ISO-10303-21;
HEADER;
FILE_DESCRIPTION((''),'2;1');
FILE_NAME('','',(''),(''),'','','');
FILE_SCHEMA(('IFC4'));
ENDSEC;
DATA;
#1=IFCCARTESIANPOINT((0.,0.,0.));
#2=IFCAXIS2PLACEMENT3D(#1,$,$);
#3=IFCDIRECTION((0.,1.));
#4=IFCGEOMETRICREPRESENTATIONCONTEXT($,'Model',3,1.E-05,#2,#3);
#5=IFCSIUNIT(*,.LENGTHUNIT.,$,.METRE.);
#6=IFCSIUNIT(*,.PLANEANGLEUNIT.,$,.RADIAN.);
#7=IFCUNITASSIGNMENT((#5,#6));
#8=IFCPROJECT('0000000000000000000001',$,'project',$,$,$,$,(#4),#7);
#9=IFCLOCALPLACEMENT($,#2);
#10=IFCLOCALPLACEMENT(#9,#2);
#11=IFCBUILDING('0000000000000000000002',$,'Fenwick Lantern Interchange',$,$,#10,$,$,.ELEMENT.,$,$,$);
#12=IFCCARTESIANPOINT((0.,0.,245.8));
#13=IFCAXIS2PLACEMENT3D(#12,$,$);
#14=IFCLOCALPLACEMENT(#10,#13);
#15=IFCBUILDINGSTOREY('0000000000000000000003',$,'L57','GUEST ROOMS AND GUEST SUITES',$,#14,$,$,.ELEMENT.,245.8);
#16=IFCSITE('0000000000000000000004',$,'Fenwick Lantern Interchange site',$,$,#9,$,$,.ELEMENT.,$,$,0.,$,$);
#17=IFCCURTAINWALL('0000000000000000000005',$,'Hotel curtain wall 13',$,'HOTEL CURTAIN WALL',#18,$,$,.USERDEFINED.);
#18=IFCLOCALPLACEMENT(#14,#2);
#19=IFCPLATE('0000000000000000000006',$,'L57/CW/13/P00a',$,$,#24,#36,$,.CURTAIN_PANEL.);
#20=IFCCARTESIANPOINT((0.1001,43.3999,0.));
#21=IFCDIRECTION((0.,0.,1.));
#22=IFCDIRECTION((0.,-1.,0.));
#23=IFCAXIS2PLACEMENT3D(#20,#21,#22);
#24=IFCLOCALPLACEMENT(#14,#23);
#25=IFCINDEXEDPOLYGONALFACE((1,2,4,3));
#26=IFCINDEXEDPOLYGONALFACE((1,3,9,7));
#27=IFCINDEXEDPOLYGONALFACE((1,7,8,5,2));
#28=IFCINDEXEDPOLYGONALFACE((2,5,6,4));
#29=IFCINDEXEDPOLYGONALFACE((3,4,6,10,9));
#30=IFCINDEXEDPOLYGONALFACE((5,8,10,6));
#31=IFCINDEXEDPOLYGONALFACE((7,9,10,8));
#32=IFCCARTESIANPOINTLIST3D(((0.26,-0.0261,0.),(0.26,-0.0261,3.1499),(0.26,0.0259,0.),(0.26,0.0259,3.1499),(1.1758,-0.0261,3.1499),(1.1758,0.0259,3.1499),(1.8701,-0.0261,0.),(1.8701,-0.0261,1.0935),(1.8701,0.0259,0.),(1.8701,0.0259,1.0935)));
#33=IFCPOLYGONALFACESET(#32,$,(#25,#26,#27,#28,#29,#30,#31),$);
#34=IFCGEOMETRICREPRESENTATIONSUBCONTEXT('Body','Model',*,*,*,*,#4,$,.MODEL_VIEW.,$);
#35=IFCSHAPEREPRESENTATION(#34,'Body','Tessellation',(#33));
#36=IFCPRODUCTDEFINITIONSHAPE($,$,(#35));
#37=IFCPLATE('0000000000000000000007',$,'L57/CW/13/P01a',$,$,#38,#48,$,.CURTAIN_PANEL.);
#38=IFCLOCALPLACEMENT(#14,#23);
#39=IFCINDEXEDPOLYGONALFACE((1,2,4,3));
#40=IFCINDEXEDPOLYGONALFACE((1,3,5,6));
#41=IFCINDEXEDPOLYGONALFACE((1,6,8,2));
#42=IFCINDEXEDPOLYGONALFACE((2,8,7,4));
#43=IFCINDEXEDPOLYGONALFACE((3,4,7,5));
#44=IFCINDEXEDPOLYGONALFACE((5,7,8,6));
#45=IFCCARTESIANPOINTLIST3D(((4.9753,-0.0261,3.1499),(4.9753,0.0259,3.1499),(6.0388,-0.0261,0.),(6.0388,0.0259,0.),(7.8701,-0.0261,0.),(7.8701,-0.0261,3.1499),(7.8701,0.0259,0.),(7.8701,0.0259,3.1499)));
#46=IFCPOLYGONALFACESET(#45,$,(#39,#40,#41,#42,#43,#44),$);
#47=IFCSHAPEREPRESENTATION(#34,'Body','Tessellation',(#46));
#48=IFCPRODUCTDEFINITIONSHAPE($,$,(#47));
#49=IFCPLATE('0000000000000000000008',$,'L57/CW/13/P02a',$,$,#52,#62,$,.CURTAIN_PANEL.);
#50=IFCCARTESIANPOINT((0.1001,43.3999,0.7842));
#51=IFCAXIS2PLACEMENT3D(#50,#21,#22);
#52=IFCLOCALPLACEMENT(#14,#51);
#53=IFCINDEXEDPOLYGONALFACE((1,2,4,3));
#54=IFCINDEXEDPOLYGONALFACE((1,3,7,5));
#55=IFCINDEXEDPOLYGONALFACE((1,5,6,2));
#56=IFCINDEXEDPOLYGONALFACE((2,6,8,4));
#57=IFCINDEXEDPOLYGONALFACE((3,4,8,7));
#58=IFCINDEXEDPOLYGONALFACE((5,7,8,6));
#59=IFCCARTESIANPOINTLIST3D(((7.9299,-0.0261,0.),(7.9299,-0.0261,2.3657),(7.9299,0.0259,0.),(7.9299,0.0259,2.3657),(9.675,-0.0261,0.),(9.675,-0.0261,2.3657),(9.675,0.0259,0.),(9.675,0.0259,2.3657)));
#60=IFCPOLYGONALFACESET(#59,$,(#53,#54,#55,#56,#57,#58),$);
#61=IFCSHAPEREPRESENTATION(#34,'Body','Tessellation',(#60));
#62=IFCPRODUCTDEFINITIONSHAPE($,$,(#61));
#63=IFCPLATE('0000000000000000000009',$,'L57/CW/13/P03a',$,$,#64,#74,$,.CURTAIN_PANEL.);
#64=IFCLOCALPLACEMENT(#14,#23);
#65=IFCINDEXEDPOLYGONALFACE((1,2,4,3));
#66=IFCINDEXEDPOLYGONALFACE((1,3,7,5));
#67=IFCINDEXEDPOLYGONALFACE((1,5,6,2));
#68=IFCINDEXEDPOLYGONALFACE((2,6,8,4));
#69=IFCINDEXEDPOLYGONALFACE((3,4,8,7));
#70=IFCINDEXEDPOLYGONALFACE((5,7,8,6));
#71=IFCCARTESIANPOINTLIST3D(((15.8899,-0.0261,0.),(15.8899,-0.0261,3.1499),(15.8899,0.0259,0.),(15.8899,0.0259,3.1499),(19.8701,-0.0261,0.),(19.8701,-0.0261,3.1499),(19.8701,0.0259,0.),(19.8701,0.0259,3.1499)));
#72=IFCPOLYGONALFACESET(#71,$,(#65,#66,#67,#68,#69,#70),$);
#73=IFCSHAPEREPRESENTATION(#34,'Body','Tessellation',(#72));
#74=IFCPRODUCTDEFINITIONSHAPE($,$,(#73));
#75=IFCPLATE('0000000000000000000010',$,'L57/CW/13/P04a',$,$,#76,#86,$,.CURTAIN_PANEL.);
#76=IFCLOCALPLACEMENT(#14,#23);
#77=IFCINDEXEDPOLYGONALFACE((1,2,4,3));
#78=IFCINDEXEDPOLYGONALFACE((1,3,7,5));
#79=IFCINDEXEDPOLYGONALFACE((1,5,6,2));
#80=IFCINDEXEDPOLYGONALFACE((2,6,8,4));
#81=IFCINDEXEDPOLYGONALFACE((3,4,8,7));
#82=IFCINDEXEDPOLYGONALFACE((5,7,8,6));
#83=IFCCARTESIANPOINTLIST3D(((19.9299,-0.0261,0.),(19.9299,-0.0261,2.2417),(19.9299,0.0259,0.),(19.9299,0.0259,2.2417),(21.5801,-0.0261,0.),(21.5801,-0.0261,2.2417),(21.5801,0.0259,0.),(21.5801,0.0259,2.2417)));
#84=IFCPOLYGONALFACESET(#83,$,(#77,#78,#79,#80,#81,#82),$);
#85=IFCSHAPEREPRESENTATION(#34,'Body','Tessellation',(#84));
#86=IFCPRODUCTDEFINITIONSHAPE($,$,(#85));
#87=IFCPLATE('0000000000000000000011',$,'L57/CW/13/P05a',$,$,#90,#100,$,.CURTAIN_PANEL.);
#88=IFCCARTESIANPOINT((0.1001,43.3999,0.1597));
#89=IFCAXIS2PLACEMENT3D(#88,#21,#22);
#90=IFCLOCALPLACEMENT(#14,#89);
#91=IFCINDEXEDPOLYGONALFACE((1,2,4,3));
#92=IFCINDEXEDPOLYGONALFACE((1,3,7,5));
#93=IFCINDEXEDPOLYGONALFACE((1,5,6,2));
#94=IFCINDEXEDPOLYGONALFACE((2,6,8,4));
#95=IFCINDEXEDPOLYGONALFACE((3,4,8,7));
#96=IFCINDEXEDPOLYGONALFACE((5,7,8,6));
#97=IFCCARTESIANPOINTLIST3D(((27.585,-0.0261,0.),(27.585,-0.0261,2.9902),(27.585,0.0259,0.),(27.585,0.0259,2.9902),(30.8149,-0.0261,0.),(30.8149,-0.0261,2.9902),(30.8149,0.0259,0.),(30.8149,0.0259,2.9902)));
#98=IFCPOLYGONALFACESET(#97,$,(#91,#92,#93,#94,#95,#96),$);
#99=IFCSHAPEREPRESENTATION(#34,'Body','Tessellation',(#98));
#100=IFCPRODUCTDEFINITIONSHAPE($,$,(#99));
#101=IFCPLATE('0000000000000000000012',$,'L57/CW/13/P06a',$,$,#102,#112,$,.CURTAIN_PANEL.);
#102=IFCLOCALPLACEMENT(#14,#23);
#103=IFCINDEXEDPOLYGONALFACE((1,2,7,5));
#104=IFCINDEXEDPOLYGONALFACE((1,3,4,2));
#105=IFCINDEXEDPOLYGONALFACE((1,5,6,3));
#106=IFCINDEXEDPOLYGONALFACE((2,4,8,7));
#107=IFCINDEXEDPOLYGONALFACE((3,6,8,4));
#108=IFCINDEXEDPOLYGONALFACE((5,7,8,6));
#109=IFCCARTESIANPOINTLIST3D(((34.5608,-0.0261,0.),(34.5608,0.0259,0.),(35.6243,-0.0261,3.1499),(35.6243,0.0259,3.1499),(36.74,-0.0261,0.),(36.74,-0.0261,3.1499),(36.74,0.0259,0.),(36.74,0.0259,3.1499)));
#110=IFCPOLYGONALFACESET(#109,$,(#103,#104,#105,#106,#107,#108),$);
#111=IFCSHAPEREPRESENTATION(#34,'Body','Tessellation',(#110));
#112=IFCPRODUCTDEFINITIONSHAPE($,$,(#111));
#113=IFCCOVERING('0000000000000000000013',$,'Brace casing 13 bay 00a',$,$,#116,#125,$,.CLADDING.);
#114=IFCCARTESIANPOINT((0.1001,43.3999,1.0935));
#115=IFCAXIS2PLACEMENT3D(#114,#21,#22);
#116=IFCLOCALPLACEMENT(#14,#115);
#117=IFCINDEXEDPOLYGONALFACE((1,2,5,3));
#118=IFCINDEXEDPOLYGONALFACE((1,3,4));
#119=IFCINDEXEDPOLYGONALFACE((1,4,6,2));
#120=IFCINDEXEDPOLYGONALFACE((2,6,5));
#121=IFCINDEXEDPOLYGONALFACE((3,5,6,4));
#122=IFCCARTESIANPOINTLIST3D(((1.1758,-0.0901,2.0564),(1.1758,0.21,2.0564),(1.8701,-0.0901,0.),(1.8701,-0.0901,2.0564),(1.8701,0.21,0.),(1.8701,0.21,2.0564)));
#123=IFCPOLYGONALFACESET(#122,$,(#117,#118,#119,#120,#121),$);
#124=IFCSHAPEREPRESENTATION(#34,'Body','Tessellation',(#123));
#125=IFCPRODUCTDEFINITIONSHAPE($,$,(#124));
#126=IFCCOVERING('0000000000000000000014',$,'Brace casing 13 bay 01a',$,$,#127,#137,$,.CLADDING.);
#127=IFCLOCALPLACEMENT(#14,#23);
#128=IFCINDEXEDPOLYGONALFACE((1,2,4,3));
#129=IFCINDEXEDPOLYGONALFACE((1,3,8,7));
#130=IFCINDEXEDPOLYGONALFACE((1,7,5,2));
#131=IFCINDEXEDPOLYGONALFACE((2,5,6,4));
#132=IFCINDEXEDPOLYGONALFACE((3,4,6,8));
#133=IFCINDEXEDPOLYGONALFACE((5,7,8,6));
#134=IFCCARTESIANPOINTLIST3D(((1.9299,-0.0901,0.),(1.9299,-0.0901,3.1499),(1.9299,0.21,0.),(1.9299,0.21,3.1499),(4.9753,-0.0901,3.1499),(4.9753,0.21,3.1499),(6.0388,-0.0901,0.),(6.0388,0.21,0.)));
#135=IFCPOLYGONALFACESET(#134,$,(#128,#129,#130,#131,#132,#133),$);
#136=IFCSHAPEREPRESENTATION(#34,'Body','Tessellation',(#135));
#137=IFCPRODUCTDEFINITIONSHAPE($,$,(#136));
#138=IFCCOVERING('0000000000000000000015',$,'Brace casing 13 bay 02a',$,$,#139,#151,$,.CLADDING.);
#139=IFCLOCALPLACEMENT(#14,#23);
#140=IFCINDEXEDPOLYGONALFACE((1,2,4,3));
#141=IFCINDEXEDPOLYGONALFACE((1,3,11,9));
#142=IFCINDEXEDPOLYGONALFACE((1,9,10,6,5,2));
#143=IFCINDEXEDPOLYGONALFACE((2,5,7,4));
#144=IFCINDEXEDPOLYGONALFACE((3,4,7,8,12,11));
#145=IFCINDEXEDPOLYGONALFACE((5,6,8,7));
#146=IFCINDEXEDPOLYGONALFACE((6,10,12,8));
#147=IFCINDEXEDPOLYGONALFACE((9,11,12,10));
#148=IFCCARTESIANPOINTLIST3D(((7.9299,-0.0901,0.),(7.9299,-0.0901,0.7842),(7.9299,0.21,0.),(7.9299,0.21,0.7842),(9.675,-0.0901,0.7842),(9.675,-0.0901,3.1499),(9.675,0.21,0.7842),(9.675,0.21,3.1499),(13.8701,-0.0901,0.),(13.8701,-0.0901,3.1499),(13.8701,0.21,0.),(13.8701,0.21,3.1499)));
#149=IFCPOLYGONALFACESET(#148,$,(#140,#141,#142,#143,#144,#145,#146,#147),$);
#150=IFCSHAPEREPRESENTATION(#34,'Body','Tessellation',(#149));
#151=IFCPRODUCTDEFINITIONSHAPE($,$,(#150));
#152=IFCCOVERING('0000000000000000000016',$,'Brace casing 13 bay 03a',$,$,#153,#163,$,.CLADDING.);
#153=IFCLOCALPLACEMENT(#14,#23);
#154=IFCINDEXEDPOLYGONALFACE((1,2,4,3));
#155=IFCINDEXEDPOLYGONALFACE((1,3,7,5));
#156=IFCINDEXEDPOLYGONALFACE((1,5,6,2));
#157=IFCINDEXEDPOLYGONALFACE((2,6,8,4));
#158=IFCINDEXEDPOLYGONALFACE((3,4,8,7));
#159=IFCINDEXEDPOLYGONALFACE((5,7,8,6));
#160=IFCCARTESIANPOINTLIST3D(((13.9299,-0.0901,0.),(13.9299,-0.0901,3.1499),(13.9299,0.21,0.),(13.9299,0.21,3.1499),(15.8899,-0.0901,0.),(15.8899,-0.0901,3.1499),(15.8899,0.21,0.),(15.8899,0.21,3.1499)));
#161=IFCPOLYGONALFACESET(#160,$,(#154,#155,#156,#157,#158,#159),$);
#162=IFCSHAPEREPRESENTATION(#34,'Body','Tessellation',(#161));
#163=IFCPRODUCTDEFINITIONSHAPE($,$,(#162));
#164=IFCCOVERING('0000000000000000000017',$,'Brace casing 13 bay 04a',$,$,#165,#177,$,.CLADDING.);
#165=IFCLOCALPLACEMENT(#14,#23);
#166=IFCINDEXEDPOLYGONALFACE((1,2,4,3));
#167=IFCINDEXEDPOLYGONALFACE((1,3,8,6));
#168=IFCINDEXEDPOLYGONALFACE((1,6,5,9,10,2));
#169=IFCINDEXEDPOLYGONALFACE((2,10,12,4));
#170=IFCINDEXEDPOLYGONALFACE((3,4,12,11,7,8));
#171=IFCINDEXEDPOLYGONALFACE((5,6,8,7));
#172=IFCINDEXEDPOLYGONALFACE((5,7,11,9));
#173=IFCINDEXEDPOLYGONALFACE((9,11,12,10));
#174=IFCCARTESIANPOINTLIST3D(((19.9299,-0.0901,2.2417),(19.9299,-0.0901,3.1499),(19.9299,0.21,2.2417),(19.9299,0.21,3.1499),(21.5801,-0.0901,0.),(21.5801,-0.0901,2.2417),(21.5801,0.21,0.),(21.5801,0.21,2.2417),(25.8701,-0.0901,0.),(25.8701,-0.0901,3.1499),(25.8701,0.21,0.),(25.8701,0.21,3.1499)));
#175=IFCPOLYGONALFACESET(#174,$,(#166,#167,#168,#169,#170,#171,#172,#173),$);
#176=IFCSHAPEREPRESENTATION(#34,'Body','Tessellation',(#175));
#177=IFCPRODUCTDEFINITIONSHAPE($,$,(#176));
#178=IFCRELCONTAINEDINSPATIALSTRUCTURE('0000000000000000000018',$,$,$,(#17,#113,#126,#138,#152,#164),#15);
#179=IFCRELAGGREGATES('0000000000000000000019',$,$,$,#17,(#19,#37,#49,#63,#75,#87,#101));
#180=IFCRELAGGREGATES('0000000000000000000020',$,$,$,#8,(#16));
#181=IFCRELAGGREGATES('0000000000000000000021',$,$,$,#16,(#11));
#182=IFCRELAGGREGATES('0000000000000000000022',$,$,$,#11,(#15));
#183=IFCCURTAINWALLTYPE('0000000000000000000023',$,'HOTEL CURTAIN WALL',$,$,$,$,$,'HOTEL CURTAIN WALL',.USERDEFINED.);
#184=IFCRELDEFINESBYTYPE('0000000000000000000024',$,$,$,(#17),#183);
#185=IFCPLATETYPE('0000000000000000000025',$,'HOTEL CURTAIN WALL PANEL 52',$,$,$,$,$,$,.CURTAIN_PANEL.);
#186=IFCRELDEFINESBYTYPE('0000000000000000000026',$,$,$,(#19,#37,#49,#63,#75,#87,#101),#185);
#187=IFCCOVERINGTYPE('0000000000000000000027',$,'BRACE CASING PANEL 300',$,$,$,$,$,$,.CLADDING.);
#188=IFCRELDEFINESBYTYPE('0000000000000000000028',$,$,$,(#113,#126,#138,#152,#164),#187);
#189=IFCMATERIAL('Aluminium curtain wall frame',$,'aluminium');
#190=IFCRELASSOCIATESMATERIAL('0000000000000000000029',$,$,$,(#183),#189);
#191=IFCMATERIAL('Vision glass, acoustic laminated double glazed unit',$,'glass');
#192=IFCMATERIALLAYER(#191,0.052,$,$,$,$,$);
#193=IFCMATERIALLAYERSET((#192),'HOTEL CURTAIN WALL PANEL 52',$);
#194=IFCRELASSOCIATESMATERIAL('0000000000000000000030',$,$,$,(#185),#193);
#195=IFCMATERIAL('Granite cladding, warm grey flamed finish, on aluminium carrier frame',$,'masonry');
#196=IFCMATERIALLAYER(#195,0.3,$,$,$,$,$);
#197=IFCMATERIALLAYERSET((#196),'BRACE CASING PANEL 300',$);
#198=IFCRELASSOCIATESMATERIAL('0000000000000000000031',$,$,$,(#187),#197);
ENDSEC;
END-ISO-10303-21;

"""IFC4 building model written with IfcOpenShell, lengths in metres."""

from ifc_helpers import new_model, si_unit, direction, frame, origin, place, context, subcontext, project, spatial, polyline, outline, extrude, material, layer, layer_set, type_object, element, aggregate, save


model = new_model("IFC4")

# Units and contexts
model_context = context("Model", 3, precision=1e-05, world=origin(), true_north=direction((0.0, 1.0)))
body_context = subcontext(model_context, "Body", "Model", "MODEL_VIEW")
ifc_project = project(units=[si_unit("LENGTHUNIT", "METRE"), si_unit("PLANEANGLEUNIT", "RADIAN")], contexts=[model_context])

# Site, building, storey
site_placement = place(None, origin())
site = spatial("IfcSite", under=ifc_project, at=site_placement, Name="Fenwick Lantern Interchange site", CompositionType="ELEMENT", RefElevation=0.0)
building_placement = place(site_placement, origin())
building = spatial("IfcBuilding", under=site, at=building_placement, Name="Fenwick Lantern Interchange", CompositionType="ELEMENT")
storey_placement = place(building_placement, frame((0.0, 0.0, 245.8)))
storey = spatial("IfcBuildingStorey", under=building, at=storey_placement, Name="L57", Description="GUEST ROOMS AND GUEST SUITES", CompositionType="ELEMENT", Elevation=245.8)

# Shared definitions
ifc_material_1 = material(Name="Aluminium curtain wall frame", Category="aluminium")
curtain_wall_type = type_object("IfcCurtainWallType", Name="HOTEL CURTAIN WALL", ElementType="HOTEL CURTAIN WALL", PredefinedType="USERDEFINED", material=ifc_material_1)

# Shared definitions
ifc_material_2 = material(Name="Vision glass, acoustic laminated double glazed unit", Category="glass")
ifc_layer_1 = layer(ifc_material_2, 0.052)
ifc_layer_set_1 = layer_set([ifc_layer_1], Name="HOTEL CURTAIN WALL PANEL 52")
plate_type = type_object("IfcPlateType", Name="HOTEL CURTAIN WALL PANEL 52", PredefinedType="CURTAIN_PANEL", material=ifc_layer_set_1)

# Curtain wall, plates
curtain_wall_1_placement = place(storey_placement, origin())
curtain_wall_1 = element("IfcCurtainWall", 1, at=curtain_wall_1_placement, inside=storey, type_object=curtain_wall_type, Name="Hotel curtain wall 13", ObjectType="HOTEL CURTAIN WALL", PredefinedType="USERDEFINED")
plate_1_placement = place(storey_placement, frame((0.1001, 43.3999, 0.0), z_axis=(0.0, 0.0, 1.0), x_axis=(0.0, -1.0, 0.0)))
plate_1 = element("IfcPlate", 2, at=plate_1_placement, type_object=plate_type, Name="L57/CW/13/P00a", PredefinedType="CURTAIN_PANEL", context=body_context, shape_type="SweptSolid", body=[
    extrude(outline(polyline([(0.26, 0.0), (1.8701, 0.0), (1.8701, 1.0935), (1.1758, 3.1499), (0.26, 3.1499), (0.26, 0.0)])), frame((0.0, 0.0259, 0.0), z_axis=(0.0, -1.0, 0.0), x_axis=(1.0, 0.0, 0.0)), (0.0, 0.0, 1.0), 0.052),
])
plate_2_placement = place(storey_placement, frame((0.1001, 43.3999, 0.0), z_axis=(0.0, 0.0, 1.0), x_axis=(0.0, -1.0, 0.0)))
plate_2 = element("IfcPlate", 3, at=plate_2_placement, type_object=plate_type, Name="L57/CW/13/P01a", PredefinedType="CURTAIN_PANEL", context=body_context, shape_type="SweptSolid", body=[
    extrude(outline(polyline([(6.0388, 0.0), (7.8701, 0.0), (7.8701, 3.1499), (4.9753, 3.1499), (6.0388, 0.0)])), frame((0.0, 0.0259, 0.0), z_axis=(0.0, -1.0, 0.0), x_axis=(1.0, 0.0, 0.0)), (0.0, 0.0, 1.0), 0.052),
])
plate_3_placement = place(storey_placement, frame((0.1001, 43.3999, 0.7842), z_axis=(0.0, 0.0, 1.0), x_axis=(0.0, -1.0, 0.0)))
plate_3 = element("IfcPlate", 4, at=plate_3_placement, type_object=plate_type, Name="L57/CW/13/P02a", PredefinedType="CURTAIN_PANEL", context=body_context, shape_type="SweptSolid", body=[
    extrude(outline(polyline([(7.9299, 0.0), (9.675, 0.0), (9.675, 2.3657), (7.9299, 2.3657), (7.9299, 0.0)])), frame((0.0, 0.0259, 0.0), z_axis=(0.0, -1.0, 0.0), x_axis=(1.0, 0.0, 0.0)), (0.0, 0.0, 1.0), 0.052),
])
plate_4_placement = place(storey_placement, frame((0.1001, 43.3999, 0.0), z_axis=(0.0, 0.0, 1.0), x_axis=(0.0, -1.0, 0.0)))
plate_4 = element("IfcPlate", 5, at=plate_4_placement, type_object=plate_type, Name="L57/CW/13/P03a", PredefinedType="CURTAIN_PANEL", context=body_context, shape_type="SweptSolid", body=[
    extrude(outline(polyline([(15.8899, 0.0), (19.8701, 0.0), (19.8701, 3.1499), (15.8899, 3.1499), (15.8899, 0.0)])), frame((0.0, 0.0259, 0.0), z_axis=(0.0, -1.0, 0.0), x_axis=(1.0, 0.0, 0.0)), (0.0, 0.0, 1.0), 0.052),
])
plate_5_placement = place(storey_placement, frame((0.1001, 43.3999, 0.0), z_axis=(0.0, 0.0, 1.0), x_axis=(0.0, -1.0, 0.0)))
plate_5 = element("IfcPlate", 6, at=plate_5_placement, type_object=plate_type, Name="L57/CW/13/P04a", PredefinedType="CURTAIN_PANEL", context=body_context, shape_type="SweptSolid", body=[
    extrude(outline(polyline([(19.9299, 0.0), (21.5801, 0.0), (21.5801, 2.2417), (19.9299, 2.2417), (19.9299, 0.0)])), frame((0.0, 0.0259, 0.0), z_axis=(0.0, -1.0, 0.0), x_axis=(1.0, 0.0, 0.0)), (0.0, 0.0, 1.0), 0.052),
])
plate_6_placement = place(storey_placement, frame((0.1001, 43.3999, 0.1597), z_axis=(0.0, 0.0, 1.0), x_axis=(0.0, -1.0, 0.0)))
plate_6 = element("IfcPlate", 7, at=plate_6_placement, type_object=plate_type, Name="L57/CW/13/P05a", PredefinedType="CURTAIN_PANEL", context=body_context, shape_type="SweptSolid", body=[
    extrude(outline(polyline([(27.585, 0.0), (30.8149, 0.0), (30.8149, 2.9902), (27.585, 2.9902), (27.585, 0.0)])), frame((0.0, 0.0259, 0.0), z_axis=(0.0, -1.0, 0.0), x_axis=(1.0, 0.0, 0.0)), (0.0, 0.0, 1.0), 0.052),
])
plate_7_placement = place(storey_placement, frame((0.1001, 43.3999, 0.0), z_axis=(0.0, 0.0, 1.0), x_axis=(0.0, -1.0, 0.0)))
plate_7 = element("IfcPlate", 8, at=plate_7_placement, type_object=plate_type, Name="L57/CW/13/P06a", PredefinedType="CURTAIN_PANEL", context=body_context, shape_type="SweptSolid", body=[
    extrude(outline(polyline([(34.5608, 0.0), (36.74, 0.0), (36.74, 3.1499), (35.6243, 3.1499), (34.5608, 0.0)])), frame((0.0, 0.0259, 0.0), z_axis=(0.0, -1.0, 0.0), x_axis=(1.0, 0.0, 0.0)), (0.0, 0.0, 1.0), 0.052),
])
aggregate(curtain_wall_1, [plate_1, plate_2, plate_3, plate_4, plate_5, plate_6, plate_7])

# Coverings
ifc_material_3 = material(Name="Granite cladding, warm grey flamed finish, on aluminium carrier frame", Category="masonry")
ifc_layer_2 = layer(ifc_material_3, 0.3)
ifc_layer_set_2 = layer_set([ifc_layer_2], Name="BRACE CASING PANEL 300")
covering_type = type_object("IfcCoveringType", Name="BRACE CASING PANEL 300", PredefinedType="CLADDING", material=ifc_layer_set_2)
covering_1_placement = place(storey_placement, frame((0.1001, 43.3999, 1.0935), z_axis=(0.0, 0.0, 1.0), x_axis=(0.0, -1.0, 0.0)))
element("IfcCovering", 9, at=covering_1_placement, inside=storey, type_object=covering_type, Name="Brace casing 13 bay 00a", PredefinedType="CLADDING", context=body_context, shape_type="SweptSolid", body=[
    extrude(outline(polyline([(1.8701, 0.0), (1.8701, 2.0564), (1.1758, 2.0564), (1.8701, 0.0)])), frame((0.0, 0.21, 0.0), z_axis=(0.0, -1.0, 0.0), x_axis=(1.0, 0.0, 0.0)), (0.0, 0.0, 1.0), 0.3),
])
covering_2_placement = place(storey_placement, frame((0.1001, 43.3999, 0.0), z_axis=(0.0, 0.0, 1.0), x_axis=(0.0, -1.0, 0.0)))
element("IfcCovering", 10, at=covering_2_placement, inside=storey, type_object=covering_type, Name="Brace casing 13 bay 01a", PredefinedType="CLADDING", context=body_context, shape_type="SweptSolid", body=[
    extrude(outline(polyline([(1.9299, 0.0), (6.0388, 0.0), (4.9753, 3.1499), (1.9299, 3.1499), (1.9299, 0.0)])), frame((0.0, 0.21, 0.0), z_axis=(0.0, -1.0, 0.0), x_axis=(1.0, 0.0, 0.0)), (0.0, 0.0, 1.0), 0.3),
])
covering_3_placement = place(storey_placement, frame((0.1001, 43.3999, 0.0), z_axis=(0.0, 0.0, 1.0), x_axis=(0.0, -1.0, 0.0)))
element("IfcCovering", 11, at=covering_3_placement, inside=storey, type_object=covering_type, Name="Brace casing 13 bay 02a", PredefinedType="CLADDING", context=body_context, shape_type="SweptSolid", body=[
    extrude(outline(polyline([(7.9299, 0.0), (13.8701, 0.0), (13.8701, 3.1499), (9.675, 3.1499), (9.675, 0.7842), (7.9299, 0.7842), (7.9299, 0.0)])), frame((0.0, 0.21, 0.0), z_axis=(0.0, -1.0, 0.0), x_axis=(1.0, 0.0, 0.0)), (0.0, 0.0, 1.0), 0.3),
])
covering_4_placement = place(storey_placement, frame((0.1001, 43.3999, 0.0), z_axis=(0.0, 0.0, 1.0), x_axis=(0.0, -1.0, 0.0)))
element("IfcCovering", 12, at=covering_4_placement, inside=storey, type_object=covering_type, Name="Brace casing 13 bay 03a", PredefinedType="CLADDING", context=body_context, shape_type="SweptSolid", body=[
    extrude(outline(polyline([(13.9299, 0.0), (15.8899, 0.0), (15.8899, 3.1499), (13.9299, 3.1499), (13.9299, 0.0)])), frame((0.0, 0.21, 0.0), z_axis=(0.0, -1.0, 0.0), x_axis=(1.0, 0.0, 0.0)), (0.0, 0.0, 1.0), 0.3),
])
covering_5_placement = place(storey_placement, frame((0.1001, 43.3999, 0.0), z_axis=(0.0, 0.0, 1.0), x_axis=(0.0, -1.0, 0.0)))
element("IfcCovering", 13, at=covering_5_placement, inside=storey, type_object=covering_type, Name="Brace casing 13 bay 04a", PredefinedType="CLADDING", context=body_context, shape_type="SweptSolid", body=[
    extrude(outline(polyline([(21.5801, 0.0), (25.8701, 0.0), (25.8701, 3.1499), (19.9299, 3.1499), (19.9299, 2.2417), (21.5801, 2.2417), (21.5801, 0.0)])), frame((0.0, 0.21, 0.0), z_axis=(0.0, -1.0, 0.0), x_axis=(1.0, 0.0, 0.0)), (0.0, 0.0, 1.0), 0.3),
])

save(model, "model.ifc")
